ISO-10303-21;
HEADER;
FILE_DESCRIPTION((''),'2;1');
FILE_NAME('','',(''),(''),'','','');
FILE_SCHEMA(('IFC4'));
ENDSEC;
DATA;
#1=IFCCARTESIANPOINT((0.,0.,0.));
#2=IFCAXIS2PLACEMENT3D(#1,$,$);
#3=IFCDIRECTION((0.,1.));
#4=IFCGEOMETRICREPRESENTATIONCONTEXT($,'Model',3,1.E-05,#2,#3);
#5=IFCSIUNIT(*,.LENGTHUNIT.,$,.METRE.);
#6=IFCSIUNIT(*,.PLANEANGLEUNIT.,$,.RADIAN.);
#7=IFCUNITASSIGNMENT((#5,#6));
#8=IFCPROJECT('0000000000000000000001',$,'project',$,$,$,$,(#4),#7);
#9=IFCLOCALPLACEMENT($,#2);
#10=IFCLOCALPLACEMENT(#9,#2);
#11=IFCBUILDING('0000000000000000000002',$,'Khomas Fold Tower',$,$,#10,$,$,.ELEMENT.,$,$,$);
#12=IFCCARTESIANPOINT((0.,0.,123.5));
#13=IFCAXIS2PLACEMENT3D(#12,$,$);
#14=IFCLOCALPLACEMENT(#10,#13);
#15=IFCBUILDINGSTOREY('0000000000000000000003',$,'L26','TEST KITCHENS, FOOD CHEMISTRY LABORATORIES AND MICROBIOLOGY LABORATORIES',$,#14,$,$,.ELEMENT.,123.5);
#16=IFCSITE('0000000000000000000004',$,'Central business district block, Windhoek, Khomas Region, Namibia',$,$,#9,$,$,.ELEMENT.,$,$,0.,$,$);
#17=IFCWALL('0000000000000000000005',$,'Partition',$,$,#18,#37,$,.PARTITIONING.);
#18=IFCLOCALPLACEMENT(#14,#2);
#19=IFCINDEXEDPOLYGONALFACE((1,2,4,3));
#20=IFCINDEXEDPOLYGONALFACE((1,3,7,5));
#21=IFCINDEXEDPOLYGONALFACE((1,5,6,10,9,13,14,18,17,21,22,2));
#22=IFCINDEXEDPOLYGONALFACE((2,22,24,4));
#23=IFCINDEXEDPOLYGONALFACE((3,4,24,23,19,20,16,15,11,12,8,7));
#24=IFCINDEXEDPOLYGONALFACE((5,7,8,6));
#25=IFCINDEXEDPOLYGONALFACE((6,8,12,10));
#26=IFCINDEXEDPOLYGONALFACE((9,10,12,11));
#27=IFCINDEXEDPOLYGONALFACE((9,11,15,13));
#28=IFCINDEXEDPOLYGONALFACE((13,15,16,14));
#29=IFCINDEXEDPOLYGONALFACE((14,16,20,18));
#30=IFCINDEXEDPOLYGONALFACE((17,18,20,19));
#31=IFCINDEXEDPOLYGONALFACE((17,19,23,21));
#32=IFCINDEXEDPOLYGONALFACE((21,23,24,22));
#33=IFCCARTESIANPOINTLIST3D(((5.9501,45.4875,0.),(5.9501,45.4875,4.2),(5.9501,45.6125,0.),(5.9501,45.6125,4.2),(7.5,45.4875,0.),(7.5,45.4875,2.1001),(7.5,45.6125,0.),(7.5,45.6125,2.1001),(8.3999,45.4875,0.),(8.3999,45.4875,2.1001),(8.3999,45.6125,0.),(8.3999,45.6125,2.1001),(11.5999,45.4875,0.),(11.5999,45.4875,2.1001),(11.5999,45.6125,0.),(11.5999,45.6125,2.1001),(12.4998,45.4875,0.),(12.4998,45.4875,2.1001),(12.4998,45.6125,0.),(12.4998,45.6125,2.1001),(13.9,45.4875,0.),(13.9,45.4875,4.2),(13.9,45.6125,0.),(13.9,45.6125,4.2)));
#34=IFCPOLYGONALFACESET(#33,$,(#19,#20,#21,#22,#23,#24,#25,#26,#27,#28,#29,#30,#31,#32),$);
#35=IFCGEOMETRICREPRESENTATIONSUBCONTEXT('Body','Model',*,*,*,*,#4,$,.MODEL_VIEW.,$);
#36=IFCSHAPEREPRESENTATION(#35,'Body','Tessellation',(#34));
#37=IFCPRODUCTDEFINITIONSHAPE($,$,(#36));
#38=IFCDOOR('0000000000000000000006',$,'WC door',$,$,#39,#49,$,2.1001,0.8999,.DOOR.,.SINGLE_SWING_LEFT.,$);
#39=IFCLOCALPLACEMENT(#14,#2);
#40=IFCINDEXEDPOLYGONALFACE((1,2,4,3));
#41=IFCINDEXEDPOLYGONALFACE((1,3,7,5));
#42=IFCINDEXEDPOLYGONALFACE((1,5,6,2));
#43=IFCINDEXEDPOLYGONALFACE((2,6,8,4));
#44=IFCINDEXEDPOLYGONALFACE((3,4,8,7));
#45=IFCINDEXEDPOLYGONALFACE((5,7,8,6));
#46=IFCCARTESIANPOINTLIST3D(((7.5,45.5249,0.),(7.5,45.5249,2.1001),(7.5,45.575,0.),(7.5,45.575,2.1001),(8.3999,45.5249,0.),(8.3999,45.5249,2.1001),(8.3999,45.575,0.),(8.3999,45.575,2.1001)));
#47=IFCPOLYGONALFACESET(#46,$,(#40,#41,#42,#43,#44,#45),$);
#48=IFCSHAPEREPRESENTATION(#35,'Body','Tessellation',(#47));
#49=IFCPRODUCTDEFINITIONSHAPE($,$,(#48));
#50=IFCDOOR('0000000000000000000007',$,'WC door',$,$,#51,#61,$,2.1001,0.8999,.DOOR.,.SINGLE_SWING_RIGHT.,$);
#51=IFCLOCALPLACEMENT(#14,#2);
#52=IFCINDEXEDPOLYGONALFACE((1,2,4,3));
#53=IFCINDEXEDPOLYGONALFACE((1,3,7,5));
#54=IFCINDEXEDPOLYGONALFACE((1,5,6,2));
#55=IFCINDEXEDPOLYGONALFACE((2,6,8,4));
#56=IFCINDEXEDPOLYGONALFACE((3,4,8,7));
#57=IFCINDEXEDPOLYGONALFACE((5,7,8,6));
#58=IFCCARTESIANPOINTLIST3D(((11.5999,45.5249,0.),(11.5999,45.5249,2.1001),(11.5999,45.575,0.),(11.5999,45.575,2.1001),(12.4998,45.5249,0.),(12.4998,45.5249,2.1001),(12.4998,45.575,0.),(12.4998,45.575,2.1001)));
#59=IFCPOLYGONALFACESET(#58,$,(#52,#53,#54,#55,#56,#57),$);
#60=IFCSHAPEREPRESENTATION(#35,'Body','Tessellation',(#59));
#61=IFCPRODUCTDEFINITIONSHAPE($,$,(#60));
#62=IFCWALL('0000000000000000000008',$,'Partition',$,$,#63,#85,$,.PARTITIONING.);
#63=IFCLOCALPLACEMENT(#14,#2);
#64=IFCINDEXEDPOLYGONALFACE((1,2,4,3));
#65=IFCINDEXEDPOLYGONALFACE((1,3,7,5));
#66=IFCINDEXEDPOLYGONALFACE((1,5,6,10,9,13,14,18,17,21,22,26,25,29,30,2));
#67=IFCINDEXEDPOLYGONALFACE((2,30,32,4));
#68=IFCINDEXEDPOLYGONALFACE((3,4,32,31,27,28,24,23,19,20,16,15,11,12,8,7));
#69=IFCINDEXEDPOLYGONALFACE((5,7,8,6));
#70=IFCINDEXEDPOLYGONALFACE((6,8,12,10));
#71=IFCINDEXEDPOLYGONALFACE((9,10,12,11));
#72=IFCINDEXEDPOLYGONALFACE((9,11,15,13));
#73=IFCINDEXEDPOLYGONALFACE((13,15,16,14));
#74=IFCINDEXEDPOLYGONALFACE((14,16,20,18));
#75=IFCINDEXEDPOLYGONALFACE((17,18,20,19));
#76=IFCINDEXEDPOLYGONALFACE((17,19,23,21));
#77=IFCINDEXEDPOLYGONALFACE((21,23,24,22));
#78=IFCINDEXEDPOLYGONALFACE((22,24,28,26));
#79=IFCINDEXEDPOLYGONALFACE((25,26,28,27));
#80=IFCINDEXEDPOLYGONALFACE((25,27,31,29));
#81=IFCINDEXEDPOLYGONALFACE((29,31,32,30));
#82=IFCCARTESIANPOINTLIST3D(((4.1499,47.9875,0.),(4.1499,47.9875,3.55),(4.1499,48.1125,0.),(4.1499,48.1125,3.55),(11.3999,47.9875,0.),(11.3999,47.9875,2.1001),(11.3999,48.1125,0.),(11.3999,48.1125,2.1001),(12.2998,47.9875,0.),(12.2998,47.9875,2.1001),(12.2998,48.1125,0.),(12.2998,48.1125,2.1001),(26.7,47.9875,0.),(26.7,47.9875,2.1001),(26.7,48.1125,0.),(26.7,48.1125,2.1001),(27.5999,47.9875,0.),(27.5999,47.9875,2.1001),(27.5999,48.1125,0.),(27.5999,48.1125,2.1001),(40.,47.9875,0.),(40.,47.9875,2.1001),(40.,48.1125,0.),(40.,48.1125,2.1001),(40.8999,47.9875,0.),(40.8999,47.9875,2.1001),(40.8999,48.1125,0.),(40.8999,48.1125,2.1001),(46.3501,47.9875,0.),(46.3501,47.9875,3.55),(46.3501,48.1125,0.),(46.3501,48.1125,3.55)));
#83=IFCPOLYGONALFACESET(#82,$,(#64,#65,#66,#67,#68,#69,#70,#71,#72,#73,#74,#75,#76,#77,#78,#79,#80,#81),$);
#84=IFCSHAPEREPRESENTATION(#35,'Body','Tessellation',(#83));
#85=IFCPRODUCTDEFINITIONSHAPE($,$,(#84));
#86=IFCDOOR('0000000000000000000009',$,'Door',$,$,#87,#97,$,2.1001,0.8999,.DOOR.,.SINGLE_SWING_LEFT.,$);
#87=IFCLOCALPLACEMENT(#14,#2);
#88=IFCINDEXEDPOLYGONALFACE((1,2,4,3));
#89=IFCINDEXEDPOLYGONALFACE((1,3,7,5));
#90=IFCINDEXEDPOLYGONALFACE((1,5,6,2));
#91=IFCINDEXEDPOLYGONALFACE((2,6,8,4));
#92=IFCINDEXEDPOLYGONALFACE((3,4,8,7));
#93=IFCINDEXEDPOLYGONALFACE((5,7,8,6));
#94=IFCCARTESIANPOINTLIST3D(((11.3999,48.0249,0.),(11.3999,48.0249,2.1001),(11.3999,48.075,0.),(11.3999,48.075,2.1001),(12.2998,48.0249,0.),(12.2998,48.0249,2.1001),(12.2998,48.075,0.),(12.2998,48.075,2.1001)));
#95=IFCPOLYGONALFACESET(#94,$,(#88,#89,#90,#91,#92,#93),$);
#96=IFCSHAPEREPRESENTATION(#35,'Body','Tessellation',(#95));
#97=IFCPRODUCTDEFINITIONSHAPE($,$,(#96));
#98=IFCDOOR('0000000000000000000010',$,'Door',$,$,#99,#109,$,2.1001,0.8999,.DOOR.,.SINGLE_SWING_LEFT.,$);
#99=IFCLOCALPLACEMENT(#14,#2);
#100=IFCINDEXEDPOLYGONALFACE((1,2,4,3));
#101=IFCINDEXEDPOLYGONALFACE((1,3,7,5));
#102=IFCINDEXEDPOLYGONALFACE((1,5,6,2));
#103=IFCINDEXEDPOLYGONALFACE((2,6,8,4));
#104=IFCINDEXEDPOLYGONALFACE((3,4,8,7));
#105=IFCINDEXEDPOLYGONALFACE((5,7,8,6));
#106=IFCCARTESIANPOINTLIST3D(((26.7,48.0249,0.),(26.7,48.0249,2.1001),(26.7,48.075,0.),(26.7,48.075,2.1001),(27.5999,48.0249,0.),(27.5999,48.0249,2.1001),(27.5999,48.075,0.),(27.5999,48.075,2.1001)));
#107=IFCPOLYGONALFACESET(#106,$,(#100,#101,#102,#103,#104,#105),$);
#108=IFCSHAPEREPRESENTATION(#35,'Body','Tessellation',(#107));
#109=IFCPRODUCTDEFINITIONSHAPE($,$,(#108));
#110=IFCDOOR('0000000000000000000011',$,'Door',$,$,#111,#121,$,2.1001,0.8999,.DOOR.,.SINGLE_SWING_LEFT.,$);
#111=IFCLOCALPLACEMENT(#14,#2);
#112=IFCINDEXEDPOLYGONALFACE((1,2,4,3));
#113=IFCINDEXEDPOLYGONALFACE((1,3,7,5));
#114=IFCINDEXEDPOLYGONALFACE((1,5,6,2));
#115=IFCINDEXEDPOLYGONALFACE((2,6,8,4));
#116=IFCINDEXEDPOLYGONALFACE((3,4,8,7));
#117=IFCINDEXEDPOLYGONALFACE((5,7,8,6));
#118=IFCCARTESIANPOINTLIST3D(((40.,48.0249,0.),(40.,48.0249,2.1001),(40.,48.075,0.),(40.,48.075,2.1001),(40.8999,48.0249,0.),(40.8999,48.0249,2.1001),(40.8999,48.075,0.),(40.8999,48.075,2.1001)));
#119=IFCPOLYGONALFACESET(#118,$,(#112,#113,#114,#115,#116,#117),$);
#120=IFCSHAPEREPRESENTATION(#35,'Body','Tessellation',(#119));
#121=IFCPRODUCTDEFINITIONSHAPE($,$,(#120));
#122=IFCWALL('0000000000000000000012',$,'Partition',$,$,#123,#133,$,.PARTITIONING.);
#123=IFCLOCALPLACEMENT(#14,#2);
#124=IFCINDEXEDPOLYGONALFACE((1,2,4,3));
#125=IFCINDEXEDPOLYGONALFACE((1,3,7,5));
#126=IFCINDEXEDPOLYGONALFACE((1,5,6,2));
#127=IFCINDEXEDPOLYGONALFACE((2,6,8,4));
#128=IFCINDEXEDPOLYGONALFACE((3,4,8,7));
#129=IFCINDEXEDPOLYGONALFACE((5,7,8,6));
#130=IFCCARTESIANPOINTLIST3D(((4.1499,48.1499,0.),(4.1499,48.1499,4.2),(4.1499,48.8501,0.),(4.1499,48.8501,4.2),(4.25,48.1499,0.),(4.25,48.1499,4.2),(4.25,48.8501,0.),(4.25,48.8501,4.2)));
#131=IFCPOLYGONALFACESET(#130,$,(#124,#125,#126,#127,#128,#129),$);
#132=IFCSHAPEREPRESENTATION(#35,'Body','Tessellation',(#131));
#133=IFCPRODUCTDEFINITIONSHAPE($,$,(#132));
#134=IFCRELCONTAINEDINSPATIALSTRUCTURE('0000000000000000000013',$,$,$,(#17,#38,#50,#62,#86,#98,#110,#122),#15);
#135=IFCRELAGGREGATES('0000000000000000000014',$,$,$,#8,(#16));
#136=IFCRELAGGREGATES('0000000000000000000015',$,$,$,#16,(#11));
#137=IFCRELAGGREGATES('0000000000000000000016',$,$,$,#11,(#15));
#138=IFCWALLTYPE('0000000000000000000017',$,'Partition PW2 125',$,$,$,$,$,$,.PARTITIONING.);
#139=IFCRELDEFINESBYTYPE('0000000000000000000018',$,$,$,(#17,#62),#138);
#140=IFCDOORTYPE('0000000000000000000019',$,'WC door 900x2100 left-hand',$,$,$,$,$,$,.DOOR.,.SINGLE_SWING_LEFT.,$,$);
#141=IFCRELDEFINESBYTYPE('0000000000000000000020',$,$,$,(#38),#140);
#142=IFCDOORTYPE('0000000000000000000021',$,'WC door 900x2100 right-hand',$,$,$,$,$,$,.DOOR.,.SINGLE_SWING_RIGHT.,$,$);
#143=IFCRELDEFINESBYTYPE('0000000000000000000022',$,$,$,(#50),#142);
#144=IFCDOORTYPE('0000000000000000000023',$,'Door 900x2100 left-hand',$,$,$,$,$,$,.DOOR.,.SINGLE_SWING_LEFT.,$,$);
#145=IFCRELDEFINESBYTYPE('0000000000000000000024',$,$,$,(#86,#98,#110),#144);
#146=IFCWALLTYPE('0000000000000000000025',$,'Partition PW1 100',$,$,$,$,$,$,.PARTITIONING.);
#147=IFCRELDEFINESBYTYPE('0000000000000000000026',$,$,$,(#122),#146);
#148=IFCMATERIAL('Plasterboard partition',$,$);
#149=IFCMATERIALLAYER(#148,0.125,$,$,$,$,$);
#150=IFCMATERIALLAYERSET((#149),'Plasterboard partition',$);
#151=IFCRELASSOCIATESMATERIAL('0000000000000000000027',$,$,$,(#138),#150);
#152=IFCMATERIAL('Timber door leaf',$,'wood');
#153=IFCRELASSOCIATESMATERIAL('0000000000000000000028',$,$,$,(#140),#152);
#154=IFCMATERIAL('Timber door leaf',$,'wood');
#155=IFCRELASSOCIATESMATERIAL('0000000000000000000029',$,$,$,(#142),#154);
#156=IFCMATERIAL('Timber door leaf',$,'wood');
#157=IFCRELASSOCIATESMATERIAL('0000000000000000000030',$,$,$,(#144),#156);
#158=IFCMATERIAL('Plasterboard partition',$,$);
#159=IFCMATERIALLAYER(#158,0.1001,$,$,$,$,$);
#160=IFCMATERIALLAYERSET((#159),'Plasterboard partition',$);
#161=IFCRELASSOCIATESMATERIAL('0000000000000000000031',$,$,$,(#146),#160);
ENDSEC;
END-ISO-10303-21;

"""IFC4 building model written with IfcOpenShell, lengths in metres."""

from ifc_helpers import new_model, si_unit, direction, frame, frame_2d, origin, place, context, subcontext, project, spatial, rectangle, extrude, source, transform, mapped, material, layer, layer_set, type_object, element, fill, save


model = new_model("IFC4")

# Units and contexts
model_context = context("Model", 3, precision=1e-05, world=origin(), true_north=direction((0.0, 1.0)))
body_context = subcontext(model_context, "Body", "Model", "MODEL_VIEW")
ifc_project = project(units=[si_unit("LENGTHUNIT", "METRE"), si_unit("PLANEANGLEUNIT", "RADIAN")], contexts=[model_context])

# Site, building, storey
site_placement = place(None, origin())
site = spatial("IfcSite", under=ifc_project, at=site_placement, Name="Central business district block, Windhoek, Khomas Region, Namibia", CompositionType="ELEMENT", RefElevation=0.0)
building_placement = place(site_placement, origin())
building = spatial("IfcBuilding", under=site, at=building_placement, Name="Khomas Fold Tower", CompositionType="ELEMENT")
storey_placement = place(building_placement, frame((0.0, 0.0, 123.5)))
storey = spatial("IfcBuildingStorey", under=building, at=storey_placement, Name="L26", Description="TEST KITCHENS, FOOD CHEMISTRY LABORATORIES AND MICROBIOLOGY LABORATORIES", CompositionType="ELEMENT", Elevation=123.5)

# Walls, openings, doors
ifc_material_1 = material(Name="Plasterboard partition")
ifc_layer_1 = layer(ifc_material_1, 0.125)
ifc_layer_set_1 = layer_set([ifc_layer_1], Name="Plasterboard partition")
wall_type_1 = type_object("IfcWallType", Name="Partition PW2 125", PredefinedType="PARTITIONING", material=ifc_layer_set_1)
shared_shape_1 = source(origin(), body_context, "Body", "SweptSolid", [
    extrude(rectangle(XDim=7.95, YDim=0.125, at=frame_2d((3.9751, 0.0))), origin(), (0.0, 0.0, 1.0), 4.2),
])
wall_1_placement = place(storey_placement, frame((5.95, 45.55, 0.0), z_axis=(0.0, 0.0, 1.0), x_axis=(1.0, 0.0, 0.0)))
wall_1 = element("IfcWall", 1, at=wall_1_placement, inside=storey, type_object=wall_type_1, Name="Partition", PredefinedType="PARTITIONING", context=body_context, shape_type="MappedRepresentation", body=[
    mapped(shared_shape_1, transform((0.0, 0.0, 0.0))),
])
shared_shape_2 = source(origin(), body_context, "Body", "SweptSolid", [
    extrude(rectangle(XDim=0.8999, YDim=2.1001, at=frame_2d((0.45, 1.05))), frame((0.0, 0.0725, 0.0), z_axis=(0.0, -1.0, 0.0), x_axis=(1.0, 0.0, 0.0)), (0.0, 0.0, 1.0), 0.145),
])
opening_1_placement = place(wall_1_placement, frame((1.55, 0.0, 0.0)))
opening_1 = element("IfcOpeningElement", 2, at=opening_1_placement, cuts=wall_1, PredefinedType="OPENING", context=body_context, shape_type="MappedRepresentation", body=[
    mapped(shared_shape_2, transform((0.0, 0.0, 0.0))),
])
opening_2_placement = place(wall_1_placement, frame((5.6499, 0.0, 0.0)))
opening_2 = element("IfcOpeningElement", 3, at=opening_2_placement, cuts=wall_1, PredefinedType="OPENING", context=body_context, shape_type="MappedRepresentation", body=[
    mapped(shared_shape_2, transform((0.0, 0.0, 0.0))),
])
ifc_material_2 = material(Name="Timber door leaf", Category="wood")
door_type_1 = type_object("IfcDoorType", Name="WC door 900x2100 left-hand", OperationType="SINGLE_SWING_LEFT", PredefinedType="DOOR", material=ifc_material_2)
shared_shape_3 = source(origin(), body_context, "Body", "SweptSolid", [
    extrude(rectangle(XDim=0.8999, YDim=2.1001, at=frame_2d((0.45, 1.05))), frame((0.0, 0.0249, 0.0), z_axis=(0.0, -1.0, 0.0), x_axis=(1.0, 0.0, 0.0)), (0.0, 0.0, 1.0), 0.05),
])
door_1_placement = place(opening_1_placement, origin())
door_1 = element("IfcDoor", 4, at=door_1_placement, inside=storey, type_object=door_type_1, Name="WC door", OperationType="SINGLE_SWING_LEFT", OverallHeight=2.1001, OverallWidth=0.8999, PredefinedType="DOOR", context=body_context, shape_type="MappedRepresentation", body=[
    mapped(shared_shape_3, transform((0.0, 0.0, 0.0))),
])
fill(opening_1, door_1)
ifc_material_3 = material(Name="Timber door leaf", Category="wood")
door_type_2 = type_object("IfcDoorType", Name="WC door 900x2100 right-hand", OperationType="SINGLE_SWING_RIGHT", PredefinedType="DOOR", material=ifc_material_3)
door_2_placement = place(opening_2_placement, origin())
door_2 = element("IfcDoor", 5, at=door_2_placement, inside=storey, type_object=door_type_2, Name="WC door", OperationType="SINGLE_SWING_RIGHT", OverallHeight=2.1001, OverallWidth=0.8999, PredefinedType="DOOR", context=body_context, shape_type="MappedRepresentation", body=[
    mapped(shared_shape_3, transform((0.0, 0.0, 0.0))),
])
fill(opening_2, door_2)
shared_shape_4 = source(origin(), body_context, "Body", "SweptSolid", [
    extrude(rectangle(XDim=42.2002, YDim=0.125, at=frame_2d((21.1001, 0.0))), origin(), (0.0, 0.0, 1.0), 3.55),
])
wall_2_placement = place(storey_placement, frame((4.1499, 48.05, 0.0), z_axis=(0.0, 0.0, 1.0), x_axis=(1.0, 0.0, 0.0)))
wall_2 = element("IfcWall", 6, at=wall_2_placement, inside=storey, type_object=wall_type_1, Name="Partition", PredefinedType="PARTITIONING", context=body_context, shape_type="MappedRepresentation", body=[
    mapped(shared_shape_4, transform((0.0, 0.0, 0.0))),
])
opening_3_placement = place(wall_2_placement, frame((7.25, 0.0, 0.0)))
opening_3 = element("IfcOpeningElement", 7, at=opening_3_placement, cuts=wall_2, PredefinedType="OPENING", context=body_context, shape_type="MappedRepresentation", body=[
    mapped(shared_shape_2, transform((0.0, 0.0, 0.0))),
])
opening_4_placement = place(wall_2_placement, frame((22.55, 0.0, 0.0)))
opening_4 = element("IfcOpeningElement", 8, at=opening_4_placement, cuts=wall_2, PredefinedType="OPENING", context=body_context, shape_type="MappedRepresentation", body=[
    mapped(shared_shape_2, transform((0.0, 0.0, 0.0))),
])
opening_5_placement = place(wall_2_placement, frame((35.8501, 0.0, 0.0)))
opening_5 = element("IfcOpeningElement", 9, at=opening_5_placement, cuts=wall_2, PredefinedType="OPENING", context=body_context, shape_type="MappedRepresentation", body=[
    mapped(shared_shape_2, transform((0.0, 0.0, 0.0))),
])
ifc_material_4 = material(Name="Timber door leaf", Category="wood")
door_type_3 = type_object("IfcDoorType", Name="Door 900x2100 left-hand", OperationType="SINGLE_SWING_LEFT", PredefinedType="DOOR", material=ifc_material_4)
door_3_placement = place(opening_3_placement, origin())
door_3 = element("IfcDoor", 10, at=door_3_placement, inside=storey, type_object=door_type_3, Name="Door", OperationType="SINGLE_SWING_LEFT", OverallHeight=2.1001, OverallWidth=0.8999, PredefinedType="DOOR", context=body_context, shape_type="MappedRepresentation", body=[
    mapped(shared_shape_3, transform((0.0, 0.0, 0.0))),
])
fill(opening_3, door_3)
door_4_placement = place(opening_4_placement, origin())
door_4 = element("IfcDoor", 11, at=door_4_placement, inside=storey, type_object=door_type_3, Name="Door", OperationType="SINGLE_SWING_LEFT", OverallHeight=2.1001, OverallWidth=0.8999, PredefinedType="DOOR", context=body_context, shape_type="MappedRepresentation", body=[
    mapped(shared_shape_3, transform((0.0, 0.0, 0.0))),
])
fill(opening_4, door_4)
door_5_placement = place(opening_5_placement, origin())
door_5 = element("IfcDoor", 12, at=door_5_placement, inside=storey, type_object=door_type_3, Name="Door", OperationType="SINGLE_SWING_LEFT", OverallHeight=2.1001, OverallWidth=0.8999, PredefinedType="DOOR", context=body_context, shape_type="MappedRepresentation", body=[
    mapped(shared_shape_3, transform((0.0, 0.0, 0.0))),
])
fill(opening_5, door_5)

# Wall
ifc_material_5 = material(Name="Plasterboard partition")
ifc_layer_2 = layer(ifc_material_5, 0.1001)
ifc_layer_set_2 = layer_set([ifc_layer_2], Name="Plasterboard partition")
wall_type_2 = type_object("IfcWallType", Name="Partition PW1 100", PredefinedType="PARTITIONING", material=ifc_layer_set_2)
shared_shape_5 = source(origin(), body_context, "Body", "SweptSolid", [
    extrude(rectangle(XDim=0.7002, YDim=0.1001, at=frame_2d((0.3501, 0.0))), origin(), (0.0, 0.0, 1.0), 4.2),
])
wall_3_placement = place(storey_placement, frame((4.2, 48.1499, 0.0), z_axis=(0.0, 0.0, 1.0), x_axis=(0.0, 1.0, 0.0)))
element("IfcWall", 13, at=wall_3_placement, inside=storey, type_object=wall_type_2, Name="Partition", PredefinedType="PARTITIONING", context=body_context, shape_type="MappedRepresentation", body=[
    mapped(shared_shape_5, transform((0.0, 0.0, 0.0))),
])

save(model, "model.ifc")
